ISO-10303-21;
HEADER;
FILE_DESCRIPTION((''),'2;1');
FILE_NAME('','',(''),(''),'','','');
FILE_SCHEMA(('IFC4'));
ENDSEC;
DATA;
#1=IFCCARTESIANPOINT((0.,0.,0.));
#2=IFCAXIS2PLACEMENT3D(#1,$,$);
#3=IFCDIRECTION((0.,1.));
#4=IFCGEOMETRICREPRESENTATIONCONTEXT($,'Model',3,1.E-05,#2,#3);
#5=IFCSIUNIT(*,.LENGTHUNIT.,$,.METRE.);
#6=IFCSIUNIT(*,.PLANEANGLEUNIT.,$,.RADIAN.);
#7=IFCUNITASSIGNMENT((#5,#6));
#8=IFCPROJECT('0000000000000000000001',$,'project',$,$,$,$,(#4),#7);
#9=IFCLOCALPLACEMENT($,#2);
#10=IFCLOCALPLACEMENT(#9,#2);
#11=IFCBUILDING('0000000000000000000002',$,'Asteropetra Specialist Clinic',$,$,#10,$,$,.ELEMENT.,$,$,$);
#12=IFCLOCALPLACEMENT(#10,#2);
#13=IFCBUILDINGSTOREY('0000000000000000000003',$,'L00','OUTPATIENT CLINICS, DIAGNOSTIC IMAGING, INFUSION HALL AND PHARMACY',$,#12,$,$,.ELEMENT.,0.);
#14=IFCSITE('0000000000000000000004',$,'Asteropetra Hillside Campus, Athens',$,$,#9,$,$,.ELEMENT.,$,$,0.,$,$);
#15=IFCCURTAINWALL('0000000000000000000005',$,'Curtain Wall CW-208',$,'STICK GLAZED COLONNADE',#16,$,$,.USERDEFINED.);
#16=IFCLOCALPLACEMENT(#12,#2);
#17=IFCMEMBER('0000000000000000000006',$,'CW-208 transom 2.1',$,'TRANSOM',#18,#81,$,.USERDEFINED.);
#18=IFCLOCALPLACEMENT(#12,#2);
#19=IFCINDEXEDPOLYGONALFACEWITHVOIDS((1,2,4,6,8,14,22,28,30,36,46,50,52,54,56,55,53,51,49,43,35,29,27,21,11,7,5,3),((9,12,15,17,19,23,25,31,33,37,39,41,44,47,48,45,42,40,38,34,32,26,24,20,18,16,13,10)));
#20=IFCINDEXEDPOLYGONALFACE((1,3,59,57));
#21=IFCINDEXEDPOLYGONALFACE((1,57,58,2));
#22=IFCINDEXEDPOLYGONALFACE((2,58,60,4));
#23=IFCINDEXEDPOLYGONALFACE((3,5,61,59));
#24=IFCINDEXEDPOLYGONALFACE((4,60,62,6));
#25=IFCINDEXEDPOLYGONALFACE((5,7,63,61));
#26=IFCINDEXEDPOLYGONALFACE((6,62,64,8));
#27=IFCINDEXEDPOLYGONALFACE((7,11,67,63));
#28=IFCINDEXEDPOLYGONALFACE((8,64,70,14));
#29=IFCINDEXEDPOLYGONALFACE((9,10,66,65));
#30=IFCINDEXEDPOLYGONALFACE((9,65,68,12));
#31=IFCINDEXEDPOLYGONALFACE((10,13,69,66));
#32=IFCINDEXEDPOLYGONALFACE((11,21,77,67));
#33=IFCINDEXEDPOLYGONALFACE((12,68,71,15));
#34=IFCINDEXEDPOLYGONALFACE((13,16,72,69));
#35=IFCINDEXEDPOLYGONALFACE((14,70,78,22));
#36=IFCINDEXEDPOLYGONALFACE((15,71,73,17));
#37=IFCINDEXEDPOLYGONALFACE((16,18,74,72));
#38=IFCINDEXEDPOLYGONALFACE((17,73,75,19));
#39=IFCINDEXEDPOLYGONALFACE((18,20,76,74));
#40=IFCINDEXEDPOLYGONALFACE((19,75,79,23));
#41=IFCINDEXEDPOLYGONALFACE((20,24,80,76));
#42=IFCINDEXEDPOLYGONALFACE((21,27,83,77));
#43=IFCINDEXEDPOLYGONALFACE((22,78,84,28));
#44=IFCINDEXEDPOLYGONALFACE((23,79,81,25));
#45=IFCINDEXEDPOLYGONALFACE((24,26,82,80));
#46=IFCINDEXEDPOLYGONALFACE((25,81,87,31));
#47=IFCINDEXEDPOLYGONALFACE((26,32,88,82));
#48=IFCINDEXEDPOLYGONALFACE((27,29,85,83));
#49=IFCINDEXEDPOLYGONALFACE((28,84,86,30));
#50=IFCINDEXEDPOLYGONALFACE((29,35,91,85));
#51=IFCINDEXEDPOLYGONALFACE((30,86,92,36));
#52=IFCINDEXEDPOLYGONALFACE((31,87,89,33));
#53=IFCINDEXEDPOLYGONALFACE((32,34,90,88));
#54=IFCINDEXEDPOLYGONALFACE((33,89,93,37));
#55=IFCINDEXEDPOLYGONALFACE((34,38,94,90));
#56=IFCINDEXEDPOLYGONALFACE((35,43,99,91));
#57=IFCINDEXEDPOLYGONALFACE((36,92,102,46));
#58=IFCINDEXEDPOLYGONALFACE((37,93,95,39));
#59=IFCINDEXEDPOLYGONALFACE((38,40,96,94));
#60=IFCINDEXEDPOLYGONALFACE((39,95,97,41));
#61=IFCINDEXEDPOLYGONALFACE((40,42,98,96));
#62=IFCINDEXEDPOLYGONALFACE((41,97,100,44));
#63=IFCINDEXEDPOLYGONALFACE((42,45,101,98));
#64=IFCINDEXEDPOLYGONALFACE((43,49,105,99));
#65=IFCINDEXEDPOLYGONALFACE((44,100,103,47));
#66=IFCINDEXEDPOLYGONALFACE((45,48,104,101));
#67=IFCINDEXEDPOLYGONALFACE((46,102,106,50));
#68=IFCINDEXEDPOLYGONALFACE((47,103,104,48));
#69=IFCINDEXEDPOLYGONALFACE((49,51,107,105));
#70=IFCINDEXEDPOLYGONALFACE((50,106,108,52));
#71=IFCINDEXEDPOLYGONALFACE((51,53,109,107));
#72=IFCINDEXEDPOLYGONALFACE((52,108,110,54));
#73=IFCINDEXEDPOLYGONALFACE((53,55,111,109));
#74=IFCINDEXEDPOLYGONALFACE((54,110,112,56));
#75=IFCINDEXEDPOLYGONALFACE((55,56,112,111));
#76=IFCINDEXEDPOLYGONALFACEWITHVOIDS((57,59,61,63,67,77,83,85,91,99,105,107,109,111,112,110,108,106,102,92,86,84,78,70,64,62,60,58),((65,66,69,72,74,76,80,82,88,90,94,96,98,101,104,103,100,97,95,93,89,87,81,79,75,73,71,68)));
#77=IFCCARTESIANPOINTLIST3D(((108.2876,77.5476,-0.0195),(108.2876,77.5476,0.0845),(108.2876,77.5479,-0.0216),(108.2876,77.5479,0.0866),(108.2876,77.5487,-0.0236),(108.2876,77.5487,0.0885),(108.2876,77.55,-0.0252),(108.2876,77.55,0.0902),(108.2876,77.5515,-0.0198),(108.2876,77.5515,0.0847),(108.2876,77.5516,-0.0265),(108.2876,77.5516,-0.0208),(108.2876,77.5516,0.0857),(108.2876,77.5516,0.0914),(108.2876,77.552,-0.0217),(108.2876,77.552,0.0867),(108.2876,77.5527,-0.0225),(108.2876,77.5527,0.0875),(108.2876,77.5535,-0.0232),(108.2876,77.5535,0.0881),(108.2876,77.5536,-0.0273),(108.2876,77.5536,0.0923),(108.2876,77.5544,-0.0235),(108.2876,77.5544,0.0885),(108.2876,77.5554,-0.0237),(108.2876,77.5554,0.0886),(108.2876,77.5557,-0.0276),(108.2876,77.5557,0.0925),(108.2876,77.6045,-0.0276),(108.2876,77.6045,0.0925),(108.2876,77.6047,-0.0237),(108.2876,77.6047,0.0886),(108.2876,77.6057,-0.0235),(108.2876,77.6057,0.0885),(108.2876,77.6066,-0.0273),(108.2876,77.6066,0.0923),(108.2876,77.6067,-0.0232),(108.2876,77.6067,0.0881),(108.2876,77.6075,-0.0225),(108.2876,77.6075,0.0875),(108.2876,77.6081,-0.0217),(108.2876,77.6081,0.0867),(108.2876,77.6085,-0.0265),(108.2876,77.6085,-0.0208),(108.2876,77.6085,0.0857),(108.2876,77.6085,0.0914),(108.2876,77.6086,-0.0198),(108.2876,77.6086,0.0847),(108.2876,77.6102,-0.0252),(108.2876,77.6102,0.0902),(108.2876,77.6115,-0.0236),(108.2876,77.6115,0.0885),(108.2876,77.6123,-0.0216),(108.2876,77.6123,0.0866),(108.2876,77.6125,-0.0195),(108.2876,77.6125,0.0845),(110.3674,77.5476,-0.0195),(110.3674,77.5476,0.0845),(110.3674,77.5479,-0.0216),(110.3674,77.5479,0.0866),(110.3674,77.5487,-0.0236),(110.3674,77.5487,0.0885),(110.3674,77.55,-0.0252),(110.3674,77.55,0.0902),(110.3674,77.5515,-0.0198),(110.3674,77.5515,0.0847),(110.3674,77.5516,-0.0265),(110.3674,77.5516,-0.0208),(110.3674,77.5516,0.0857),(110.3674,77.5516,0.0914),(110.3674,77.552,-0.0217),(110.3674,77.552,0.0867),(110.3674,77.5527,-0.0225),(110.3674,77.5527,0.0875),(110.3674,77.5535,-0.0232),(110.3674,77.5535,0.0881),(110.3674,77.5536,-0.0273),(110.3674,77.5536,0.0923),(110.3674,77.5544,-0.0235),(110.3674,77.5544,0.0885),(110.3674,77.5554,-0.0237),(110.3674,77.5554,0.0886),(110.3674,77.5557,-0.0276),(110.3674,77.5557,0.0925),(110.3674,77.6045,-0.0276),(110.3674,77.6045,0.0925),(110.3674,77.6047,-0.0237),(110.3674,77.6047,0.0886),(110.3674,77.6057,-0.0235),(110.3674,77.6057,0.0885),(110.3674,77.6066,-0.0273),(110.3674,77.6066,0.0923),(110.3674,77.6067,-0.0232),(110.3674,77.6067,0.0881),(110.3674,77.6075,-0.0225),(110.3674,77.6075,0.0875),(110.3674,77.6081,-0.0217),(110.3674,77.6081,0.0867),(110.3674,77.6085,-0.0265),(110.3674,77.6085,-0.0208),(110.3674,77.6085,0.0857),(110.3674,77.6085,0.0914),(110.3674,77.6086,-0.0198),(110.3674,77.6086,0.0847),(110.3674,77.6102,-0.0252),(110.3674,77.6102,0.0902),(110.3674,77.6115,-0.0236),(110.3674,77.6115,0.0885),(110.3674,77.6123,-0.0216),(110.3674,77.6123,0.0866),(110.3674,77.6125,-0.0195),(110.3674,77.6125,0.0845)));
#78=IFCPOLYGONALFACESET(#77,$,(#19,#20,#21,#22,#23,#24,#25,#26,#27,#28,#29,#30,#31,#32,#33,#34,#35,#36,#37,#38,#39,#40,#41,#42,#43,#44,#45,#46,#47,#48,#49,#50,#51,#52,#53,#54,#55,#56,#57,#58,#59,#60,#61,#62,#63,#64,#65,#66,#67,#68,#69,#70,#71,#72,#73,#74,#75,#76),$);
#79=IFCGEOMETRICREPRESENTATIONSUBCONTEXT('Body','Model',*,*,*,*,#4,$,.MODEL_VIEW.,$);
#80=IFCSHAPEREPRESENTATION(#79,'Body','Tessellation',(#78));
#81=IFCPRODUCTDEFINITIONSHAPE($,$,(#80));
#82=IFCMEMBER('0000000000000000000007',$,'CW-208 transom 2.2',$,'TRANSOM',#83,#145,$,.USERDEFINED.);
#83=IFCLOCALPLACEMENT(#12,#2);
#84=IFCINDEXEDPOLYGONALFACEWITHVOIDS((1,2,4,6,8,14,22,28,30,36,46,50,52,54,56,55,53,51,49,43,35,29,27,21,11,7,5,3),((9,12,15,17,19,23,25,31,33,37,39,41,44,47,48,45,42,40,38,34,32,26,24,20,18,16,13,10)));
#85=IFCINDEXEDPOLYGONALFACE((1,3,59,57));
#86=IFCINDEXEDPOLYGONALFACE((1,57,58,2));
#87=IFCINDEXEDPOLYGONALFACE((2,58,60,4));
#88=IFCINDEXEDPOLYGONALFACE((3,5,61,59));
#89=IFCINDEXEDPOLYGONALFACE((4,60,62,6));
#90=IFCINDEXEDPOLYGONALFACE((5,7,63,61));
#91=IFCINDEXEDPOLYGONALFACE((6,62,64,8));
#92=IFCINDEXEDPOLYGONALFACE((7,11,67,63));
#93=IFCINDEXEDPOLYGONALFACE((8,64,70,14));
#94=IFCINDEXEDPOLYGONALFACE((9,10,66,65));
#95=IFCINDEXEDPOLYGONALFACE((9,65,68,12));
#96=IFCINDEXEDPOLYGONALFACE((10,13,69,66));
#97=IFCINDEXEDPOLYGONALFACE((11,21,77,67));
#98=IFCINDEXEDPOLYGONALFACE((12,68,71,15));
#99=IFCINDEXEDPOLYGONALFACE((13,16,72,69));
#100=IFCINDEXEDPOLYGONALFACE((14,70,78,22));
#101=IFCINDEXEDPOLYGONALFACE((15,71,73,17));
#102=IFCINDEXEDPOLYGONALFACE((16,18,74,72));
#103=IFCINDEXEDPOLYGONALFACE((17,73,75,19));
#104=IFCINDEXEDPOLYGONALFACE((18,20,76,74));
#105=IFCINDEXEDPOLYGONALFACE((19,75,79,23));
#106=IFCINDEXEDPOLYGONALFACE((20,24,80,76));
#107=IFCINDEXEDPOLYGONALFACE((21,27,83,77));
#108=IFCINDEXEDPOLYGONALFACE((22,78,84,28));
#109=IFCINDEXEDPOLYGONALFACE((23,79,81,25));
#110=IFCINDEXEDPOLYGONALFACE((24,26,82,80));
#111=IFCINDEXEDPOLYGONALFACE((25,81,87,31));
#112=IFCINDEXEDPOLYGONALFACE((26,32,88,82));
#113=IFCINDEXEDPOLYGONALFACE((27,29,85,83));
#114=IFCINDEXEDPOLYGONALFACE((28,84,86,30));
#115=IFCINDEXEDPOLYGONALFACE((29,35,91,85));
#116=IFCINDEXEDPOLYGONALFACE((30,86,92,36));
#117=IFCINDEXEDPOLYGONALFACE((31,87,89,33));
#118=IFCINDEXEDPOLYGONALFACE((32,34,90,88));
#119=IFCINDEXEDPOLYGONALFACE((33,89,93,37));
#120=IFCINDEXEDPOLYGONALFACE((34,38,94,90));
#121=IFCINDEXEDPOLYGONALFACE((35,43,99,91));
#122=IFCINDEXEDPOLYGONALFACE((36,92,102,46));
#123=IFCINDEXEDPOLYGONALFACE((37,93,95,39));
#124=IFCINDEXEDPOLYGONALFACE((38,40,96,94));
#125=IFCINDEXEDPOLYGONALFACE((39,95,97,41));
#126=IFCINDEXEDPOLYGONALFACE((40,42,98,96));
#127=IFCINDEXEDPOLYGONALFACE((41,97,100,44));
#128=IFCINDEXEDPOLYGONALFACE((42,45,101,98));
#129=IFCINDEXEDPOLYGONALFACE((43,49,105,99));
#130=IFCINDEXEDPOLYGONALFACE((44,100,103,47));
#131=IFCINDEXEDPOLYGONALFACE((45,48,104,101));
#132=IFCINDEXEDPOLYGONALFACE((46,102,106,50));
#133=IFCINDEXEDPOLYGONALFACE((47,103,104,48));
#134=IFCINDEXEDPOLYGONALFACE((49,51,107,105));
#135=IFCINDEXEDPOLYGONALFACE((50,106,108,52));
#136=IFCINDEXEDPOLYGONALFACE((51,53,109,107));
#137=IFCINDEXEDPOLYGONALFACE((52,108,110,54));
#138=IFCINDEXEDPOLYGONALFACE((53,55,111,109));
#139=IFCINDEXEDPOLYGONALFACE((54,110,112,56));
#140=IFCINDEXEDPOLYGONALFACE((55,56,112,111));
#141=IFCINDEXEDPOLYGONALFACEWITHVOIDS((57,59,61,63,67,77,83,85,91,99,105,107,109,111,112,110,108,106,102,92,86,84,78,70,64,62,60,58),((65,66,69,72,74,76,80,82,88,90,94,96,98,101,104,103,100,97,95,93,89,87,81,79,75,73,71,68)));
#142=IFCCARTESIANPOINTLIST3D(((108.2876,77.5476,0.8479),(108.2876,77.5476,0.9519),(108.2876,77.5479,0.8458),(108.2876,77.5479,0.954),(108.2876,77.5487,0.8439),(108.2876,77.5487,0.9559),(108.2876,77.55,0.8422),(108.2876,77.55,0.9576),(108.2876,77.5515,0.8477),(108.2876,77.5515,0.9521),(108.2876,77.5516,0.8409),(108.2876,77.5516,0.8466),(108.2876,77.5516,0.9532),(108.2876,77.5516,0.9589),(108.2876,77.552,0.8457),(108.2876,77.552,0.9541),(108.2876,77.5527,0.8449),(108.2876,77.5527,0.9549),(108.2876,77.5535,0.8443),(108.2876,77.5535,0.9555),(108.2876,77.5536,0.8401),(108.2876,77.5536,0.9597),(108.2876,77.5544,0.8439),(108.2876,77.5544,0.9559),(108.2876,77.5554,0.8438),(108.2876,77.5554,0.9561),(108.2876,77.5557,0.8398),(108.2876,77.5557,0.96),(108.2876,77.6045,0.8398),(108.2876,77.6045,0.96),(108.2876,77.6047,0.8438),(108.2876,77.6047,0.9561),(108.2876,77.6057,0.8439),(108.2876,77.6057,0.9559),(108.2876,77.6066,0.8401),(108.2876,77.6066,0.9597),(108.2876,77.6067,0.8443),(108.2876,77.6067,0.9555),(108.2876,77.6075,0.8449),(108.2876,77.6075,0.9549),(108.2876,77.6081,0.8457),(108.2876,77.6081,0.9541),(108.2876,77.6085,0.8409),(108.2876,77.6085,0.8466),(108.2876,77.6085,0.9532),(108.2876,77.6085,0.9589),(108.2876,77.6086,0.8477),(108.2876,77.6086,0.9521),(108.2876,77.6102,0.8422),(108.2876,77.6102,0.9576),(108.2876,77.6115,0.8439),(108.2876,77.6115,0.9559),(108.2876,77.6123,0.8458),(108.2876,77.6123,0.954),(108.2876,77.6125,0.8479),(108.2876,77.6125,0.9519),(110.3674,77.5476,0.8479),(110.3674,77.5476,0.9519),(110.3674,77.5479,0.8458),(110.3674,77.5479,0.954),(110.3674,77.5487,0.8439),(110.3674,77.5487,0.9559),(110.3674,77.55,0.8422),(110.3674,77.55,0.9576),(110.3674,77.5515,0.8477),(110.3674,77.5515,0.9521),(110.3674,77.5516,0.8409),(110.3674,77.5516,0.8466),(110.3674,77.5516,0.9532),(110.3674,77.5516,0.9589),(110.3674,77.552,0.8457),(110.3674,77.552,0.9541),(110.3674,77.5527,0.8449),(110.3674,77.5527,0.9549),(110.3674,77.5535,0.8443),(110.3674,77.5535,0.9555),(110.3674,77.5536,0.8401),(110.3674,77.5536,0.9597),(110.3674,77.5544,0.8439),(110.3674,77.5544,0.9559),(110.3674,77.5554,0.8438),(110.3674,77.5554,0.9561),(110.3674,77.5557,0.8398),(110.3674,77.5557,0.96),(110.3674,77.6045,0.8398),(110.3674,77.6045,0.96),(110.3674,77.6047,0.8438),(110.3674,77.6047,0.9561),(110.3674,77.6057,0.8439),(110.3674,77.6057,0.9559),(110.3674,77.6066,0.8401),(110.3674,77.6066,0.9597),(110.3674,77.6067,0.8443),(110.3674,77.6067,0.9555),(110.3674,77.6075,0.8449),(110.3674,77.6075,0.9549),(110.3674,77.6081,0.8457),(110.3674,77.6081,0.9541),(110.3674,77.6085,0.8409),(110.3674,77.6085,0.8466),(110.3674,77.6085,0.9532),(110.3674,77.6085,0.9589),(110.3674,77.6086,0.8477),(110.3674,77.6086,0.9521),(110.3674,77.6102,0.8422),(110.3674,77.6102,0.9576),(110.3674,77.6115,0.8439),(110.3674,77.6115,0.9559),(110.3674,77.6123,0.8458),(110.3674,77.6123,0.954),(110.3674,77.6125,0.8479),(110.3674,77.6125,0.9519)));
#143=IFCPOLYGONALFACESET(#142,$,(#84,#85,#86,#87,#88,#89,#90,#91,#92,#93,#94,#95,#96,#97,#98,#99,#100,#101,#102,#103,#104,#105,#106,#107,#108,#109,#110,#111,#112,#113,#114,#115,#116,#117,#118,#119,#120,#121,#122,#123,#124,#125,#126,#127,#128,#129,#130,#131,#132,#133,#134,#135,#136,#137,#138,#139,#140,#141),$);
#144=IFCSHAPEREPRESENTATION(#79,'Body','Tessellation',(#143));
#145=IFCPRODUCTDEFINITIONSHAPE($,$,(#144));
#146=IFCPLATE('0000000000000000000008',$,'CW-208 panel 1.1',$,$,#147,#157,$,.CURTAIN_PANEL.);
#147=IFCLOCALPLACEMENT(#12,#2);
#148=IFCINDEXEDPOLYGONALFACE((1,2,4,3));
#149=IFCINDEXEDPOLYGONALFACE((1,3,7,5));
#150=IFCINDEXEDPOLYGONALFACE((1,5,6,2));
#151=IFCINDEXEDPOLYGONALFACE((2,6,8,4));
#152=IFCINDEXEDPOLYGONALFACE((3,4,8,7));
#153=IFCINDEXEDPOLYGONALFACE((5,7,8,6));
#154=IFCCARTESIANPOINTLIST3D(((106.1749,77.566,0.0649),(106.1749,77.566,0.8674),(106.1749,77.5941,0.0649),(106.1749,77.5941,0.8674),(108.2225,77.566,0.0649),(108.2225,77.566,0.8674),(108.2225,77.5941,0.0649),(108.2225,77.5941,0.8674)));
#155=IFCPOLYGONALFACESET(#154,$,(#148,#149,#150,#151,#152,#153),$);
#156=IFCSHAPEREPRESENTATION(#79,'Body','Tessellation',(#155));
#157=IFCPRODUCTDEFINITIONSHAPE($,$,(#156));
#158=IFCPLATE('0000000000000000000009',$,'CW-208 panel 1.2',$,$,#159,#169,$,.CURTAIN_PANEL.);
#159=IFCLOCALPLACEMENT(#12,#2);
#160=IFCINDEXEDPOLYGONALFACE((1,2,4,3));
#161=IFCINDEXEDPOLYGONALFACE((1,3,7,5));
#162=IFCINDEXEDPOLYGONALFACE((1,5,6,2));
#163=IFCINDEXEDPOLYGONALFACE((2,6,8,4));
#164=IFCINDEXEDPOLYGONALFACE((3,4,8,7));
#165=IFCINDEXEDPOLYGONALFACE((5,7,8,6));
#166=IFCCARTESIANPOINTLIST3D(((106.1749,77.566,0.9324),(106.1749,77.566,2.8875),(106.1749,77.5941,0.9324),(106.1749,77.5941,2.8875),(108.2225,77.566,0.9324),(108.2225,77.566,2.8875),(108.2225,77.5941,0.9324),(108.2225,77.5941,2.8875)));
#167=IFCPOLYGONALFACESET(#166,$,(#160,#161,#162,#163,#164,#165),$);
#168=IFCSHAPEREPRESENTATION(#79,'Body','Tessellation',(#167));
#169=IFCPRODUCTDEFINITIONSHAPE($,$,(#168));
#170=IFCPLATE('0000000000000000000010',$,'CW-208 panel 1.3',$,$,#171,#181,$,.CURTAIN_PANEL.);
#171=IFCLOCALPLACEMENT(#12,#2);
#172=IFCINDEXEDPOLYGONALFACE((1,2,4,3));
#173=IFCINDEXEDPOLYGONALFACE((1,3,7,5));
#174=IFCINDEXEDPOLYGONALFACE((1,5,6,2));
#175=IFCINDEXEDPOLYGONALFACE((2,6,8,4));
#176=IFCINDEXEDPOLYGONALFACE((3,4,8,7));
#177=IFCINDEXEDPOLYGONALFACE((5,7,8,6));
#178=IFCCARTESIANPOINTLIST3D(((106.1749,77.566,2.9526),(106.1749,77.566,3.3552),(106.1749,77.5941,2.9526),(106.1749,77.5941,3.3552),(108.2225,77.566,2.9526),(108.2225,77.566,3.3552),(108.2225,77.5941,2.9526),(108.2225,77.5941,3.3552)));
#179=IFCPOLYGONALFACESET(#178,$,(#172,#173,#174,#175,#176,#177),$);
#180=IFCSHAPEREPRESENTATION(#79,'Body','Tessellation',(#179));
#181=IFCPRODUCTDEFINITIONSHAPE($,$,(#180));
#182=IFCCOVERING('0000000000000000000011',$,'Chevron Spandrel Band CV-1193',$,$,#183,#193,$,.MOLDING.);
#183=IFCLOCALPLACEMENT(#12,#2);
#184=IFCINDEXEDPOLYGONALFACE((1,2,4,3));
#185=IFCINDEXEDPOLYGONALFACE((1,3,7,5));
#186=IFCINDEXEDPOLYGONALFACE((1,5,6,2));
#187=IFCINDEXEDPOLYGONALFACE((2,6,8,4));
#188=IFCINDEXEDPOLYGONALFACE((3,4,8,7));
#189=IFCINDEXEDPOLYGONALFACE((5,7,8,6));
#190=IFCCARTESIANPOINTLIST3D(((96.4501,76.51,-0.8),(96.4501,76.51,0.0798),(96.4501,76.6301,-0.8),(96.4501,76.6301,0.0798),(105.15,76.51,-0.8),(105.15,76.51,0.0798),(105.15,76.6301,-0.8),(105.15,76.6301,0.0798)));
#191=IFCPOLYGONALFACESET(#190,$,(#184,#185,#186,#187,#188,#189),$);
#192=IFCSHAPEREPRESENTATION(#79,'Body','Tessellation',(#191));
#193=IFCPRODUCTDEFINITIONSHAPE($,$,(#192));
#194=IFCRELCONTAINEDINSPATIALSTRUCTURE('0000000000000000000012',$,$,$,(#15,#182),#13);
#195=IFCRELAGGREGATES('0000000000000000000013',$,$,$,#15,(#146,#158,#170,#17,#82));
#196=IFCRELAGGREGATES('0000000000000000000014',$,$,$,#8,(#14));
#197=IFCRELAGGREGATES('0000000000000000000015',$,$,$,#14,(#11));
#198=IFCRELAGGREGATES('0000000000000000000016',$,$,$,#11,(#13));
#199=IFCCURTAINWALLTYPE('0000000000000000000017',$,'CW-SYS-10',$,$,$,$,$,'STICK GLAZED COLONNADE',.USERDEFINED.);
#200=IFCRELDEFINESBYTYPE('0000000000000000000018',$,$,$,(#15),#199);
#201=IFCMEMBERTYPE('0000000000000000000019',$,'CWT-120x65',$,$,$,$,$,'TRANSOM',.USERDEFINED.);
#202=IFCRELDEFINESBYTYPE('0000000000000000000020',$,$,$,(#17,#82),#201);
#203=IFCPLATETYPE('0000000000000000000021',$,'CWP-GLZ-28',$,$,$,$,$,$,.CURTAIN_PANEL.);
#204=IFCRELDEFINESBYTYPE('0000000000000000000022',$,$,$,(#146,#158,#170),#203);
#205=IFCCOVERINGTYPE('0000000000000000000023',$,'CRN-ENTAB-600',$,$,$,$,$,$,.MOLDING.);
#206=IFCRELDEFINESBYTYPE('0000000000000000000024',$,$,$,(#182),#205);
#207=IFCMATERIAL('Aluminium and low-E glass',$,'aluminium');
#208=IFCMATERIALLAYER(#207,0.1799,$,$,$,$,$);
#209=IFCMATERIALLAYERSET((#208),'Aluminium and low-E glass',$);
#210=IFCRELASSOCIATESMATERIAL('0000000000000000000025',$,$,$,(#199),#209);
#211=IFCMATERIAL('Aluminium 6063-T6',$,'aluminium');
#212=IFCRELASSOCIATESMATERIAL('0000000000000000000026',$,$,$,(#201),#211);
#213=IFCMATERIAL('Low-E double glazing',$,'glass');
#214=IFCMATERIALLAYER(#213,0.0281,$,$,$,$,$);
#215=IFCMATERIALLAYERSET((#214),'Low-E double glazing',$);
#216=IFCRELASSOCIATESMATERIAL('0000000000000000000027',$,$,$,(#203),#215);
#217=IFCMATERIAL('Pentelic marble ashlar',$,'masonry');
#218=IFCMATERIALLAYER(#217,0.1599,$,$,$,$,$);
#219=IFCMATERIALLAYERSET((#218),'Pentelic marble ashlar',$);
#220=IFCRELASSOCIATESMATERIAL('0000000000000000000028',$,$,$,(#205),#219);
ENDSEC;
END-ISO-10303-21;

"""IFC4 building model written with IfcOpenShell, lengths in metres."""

from ifc_helpers import new_model, si_unit, direction, frame, origin, origin_2d, place, context, subcontext, project, spatial, rectangle, hollow_rectangle, extrude, material, layer, layer_set, material_profile, profile_set, type_object, element, aggregate, save


model = new_model("IFC4")

# Units and contexts
model_context = context("Model", 3, precision=1e-05, world=origin(), true_north=direction((0.0, 1.0)))
body_context = subcontext(model_context, "Body", "Model", "MODEL_VIEW")
ifc_project = project(units=[si_unit("LENGTHUNIT", "METRE"), si_unit("PLANEANGLEUNIT", "RADIAN")], contexts=[model_context])

# Site, building, storey
site_placement = place(None, origin())
site = spatial("IfcSite", under=ifc_project, at=site_placement, Name="Asteropetra Hillside Campus, Athens", CompositionType="ELEMENT", RefElevation=0.0)
building_placement = place(site_placement, origin())
building = spatial("IfcBuilding", under=site, at=building_placement, Name="Asteropetra Specialist Clinic", CompositionType="ELEMENT")
storey_placement = place(building_placement, origin())
storey = spatial("IfcBuildingStorey", under=building, at=storey_placement, Name="L00", Description="OUTPATIENT CLINICS, DIAGNOSTIC IMAGING, INFUSION HALL AND PHARMACY", CompositionType="ELEMENT", Elevation=0.0)

# Curtain wall, members, plates
ifc_material_1 = material(Name="Aluminium and low-E glass", Category="aluminium")
ifc_layer_1 = layer(ifc_material_1, 0.1799)
ifc_layer_set_1 = layer_set([ifc_layer_1], Name="Aluminium and low-E glass")
curtain_wall_type = type_object("IfcCurtainWallType", Name="CW-SYS-10", ElementType="STICK GLAZED COLONNADE", PredefinedType="USERDEFINED", material=ifc_layer_set_1)
curtain_wall_placement = place(storey_placement, origin())
curtain_wall = element("IfcCurtainWall", 1, at=curtain_wall_placement, inside=storey, type_object=curtain_wall_type, Name="Curtain Wall CW-208", ObjectType="STICK GLAZED COLONNADE", PredefinedType="USERDEFINED")
ifc_material_2 = material(Name="Aluminium 6063-T6", Category="aluminium")
ifc_material_profile_1 = material_profile(ifc_material_2, hollow_rectangle(XDim=0.0649, YDim=0.1201, WallThickness=0.0039, InnerFilletRadius=0.0039, OuterFilletRadius=0.0081, at=origin_2d()), Name="TRN 120x65x4.0")
ifc_profile_set_1 = profile_set([ifc_material_profile_1], Name="Aluminium 6063-T6")
member_type_1 = type_object("IfcMemberType", Name="CWT-120x65", ElementType="TRANSOM", PredefinedType="USERDEFINED", material=ifc_profile_set_1)
member_1_placement = place(storey_placement, frame((108.2876, 77.5801, 0.0325), z_axis=(1.0, 0.0, 0.0), x_axis=(0.0, 1.0, 0.0)))
member_1 = element("IfcMember", 2, at=member_1_placement, type_object=member_type_1, Name="CW-208 transom 2.1", ObjectType="TRANSOM", PredefinedType="USERDEFINED", context=body_context, shape_type="SweptSolid", body=[
    extrude(hollow_rectangle(XDim=0.0649, YDim=0.1201, WallThickness=0.0039, InnerFilletRadius=0.0039, OuterFilletRadius=0.0081, at=origin_2d()), origin(), (0.0, 0.0, 1.0), 2.0798),
])
member_2_placement = place(storey_placement, frame((108.2876, 77.5801, 0.8999), z_axis=(1.0, 0.0, 0.0), x_axis=(0.0, 1.0, 0.0)))
member_2 = element("IfcMember", 3, at=member_2_placement, type_object=member_type_1, Name="CW-208 transom 2.2", ObjectType="TRANSOM", PredefinedType="USERDEFINED", context=body_context, shape_type="SweptSolid", body=[
    extrude(hollow_rectangle(XDim=0.0649, YDim=0.1201, WallThickness=0.0039, InnerFilletRadius=0.0039, OuterFilletRadius=0.0081, at=origin_2d()), origin(), (0.0, 0.0, 1.0), 2.0798),
])
ifc_material_3 = material(Name="Low-E double glazing", Category="glass")
ifc_layer_2 = layer(ifc_material_3, 0.0281)
ifc_layer_set_2 = layer_set([ifc_layer_2], Name="Low-E double glazing")
plate_type = type_object("IfcPlateType", Name="CWP-GLZ-28", PredefinedType="CURTAIN_PANEL", material=ifc_layer_set_2)
plate_1_placement = place(storey_placement, frame((107.1987, 77.5801, 0.0649), z_axis=(0.0, 0.0, 1.0), x_axis=(1.0, 0.0, 0.0)))
plate_1 = element("IfcPlate", 4, at=plate_1_placement, type_object=plate_type, Name="CW-208 panel 1.1", PredefinedType="CURTAIN_PANEL", context=body_context, shape_type="SweptSolid", body=[
    extrude(rectangle(XDim=2.0476, YDim=0.0281, at=origin_2d()), origin(), (0.0, 0.0, 1.0), 0.8025),
])
plate_2_placement = place(storey_placement, frame((107.1987, 77.5801, 0.9324), z_axis=(0.0, 0.0, 1.0), x_axis=(1.0, 0.0, 0.0)))
plate_2 = element("IfcPlate", 5, at=plate_2_placement, type_object=plate_type, Name="CW-208 panel 1.2", PredefinedType="CURTAIN_PANEL", context=body_context, shape_type="SweptSolid", body=[
    extrude(rectangle(XDim=2.0476, YDim=0.0281, at=origin_2d()), origin(), (0.0, 0.0, 1.0), 1.9551),
])
plate_3_placement = place(storey_placement, frame((107.1987, 77.5801, 2.9526), z_axis=(0.0, 0.0, 1.0), x_axis=(1.0, 0.0, 0.0)))
plate_3 = element("IfcPlate", 6, at=plate_3_placement, type_object=plate_type, Name="CW-208 panel 1.3", PredefinedType="CURTAIN_PANEL", context=body_context, shape_type="SweptSolid", body=[
    extrude(rectangle(XDim=2.0476, YDim=0.0281, at=origin_2d()), origin(), (0.0, 0.0, 1.0), 0.4026),
])
aggregate(curtain_wall, [plate_1, plate_2, plate_3, member_1, member_2])

# Covering
ifc_material_4 = material(Name="Pentelic marble ashlar", Category="masonry")
ifc_layer_3 = layer(ifc_material_4, 0.1599)
ifc_layer_set_3 = layer_set([ifc_layer_3], Name="Pentelic marble ashlar")
covering_type = type_object("IfcCoveringType", Name="CRN-ENTAB-600", PredefinedType="MOLDING", material=ifc_layer_set_3)
covering_placement = place(storey_placement, frame((100.8, 76.5701, -0.8), z_axis=(0.0, 0.0, 1.0), x_axis=(1.0, 0.0, 0.0)))
element("IfcCovering", 7, at=covering_placement, inside=storey, type_object=covering_type, Name="Chevron Spandrel Band CV-1193", PredefinedType="MOLDING", context=body_context, shape_type="SweptSolid", body=[
    extrude(rectangle(XDim=8.7, YDim=0.1201, at=origin_2d()), origin(), (0.0, 0.0, 1.0), 0.8799),
])

save(model, "model.ifc")
